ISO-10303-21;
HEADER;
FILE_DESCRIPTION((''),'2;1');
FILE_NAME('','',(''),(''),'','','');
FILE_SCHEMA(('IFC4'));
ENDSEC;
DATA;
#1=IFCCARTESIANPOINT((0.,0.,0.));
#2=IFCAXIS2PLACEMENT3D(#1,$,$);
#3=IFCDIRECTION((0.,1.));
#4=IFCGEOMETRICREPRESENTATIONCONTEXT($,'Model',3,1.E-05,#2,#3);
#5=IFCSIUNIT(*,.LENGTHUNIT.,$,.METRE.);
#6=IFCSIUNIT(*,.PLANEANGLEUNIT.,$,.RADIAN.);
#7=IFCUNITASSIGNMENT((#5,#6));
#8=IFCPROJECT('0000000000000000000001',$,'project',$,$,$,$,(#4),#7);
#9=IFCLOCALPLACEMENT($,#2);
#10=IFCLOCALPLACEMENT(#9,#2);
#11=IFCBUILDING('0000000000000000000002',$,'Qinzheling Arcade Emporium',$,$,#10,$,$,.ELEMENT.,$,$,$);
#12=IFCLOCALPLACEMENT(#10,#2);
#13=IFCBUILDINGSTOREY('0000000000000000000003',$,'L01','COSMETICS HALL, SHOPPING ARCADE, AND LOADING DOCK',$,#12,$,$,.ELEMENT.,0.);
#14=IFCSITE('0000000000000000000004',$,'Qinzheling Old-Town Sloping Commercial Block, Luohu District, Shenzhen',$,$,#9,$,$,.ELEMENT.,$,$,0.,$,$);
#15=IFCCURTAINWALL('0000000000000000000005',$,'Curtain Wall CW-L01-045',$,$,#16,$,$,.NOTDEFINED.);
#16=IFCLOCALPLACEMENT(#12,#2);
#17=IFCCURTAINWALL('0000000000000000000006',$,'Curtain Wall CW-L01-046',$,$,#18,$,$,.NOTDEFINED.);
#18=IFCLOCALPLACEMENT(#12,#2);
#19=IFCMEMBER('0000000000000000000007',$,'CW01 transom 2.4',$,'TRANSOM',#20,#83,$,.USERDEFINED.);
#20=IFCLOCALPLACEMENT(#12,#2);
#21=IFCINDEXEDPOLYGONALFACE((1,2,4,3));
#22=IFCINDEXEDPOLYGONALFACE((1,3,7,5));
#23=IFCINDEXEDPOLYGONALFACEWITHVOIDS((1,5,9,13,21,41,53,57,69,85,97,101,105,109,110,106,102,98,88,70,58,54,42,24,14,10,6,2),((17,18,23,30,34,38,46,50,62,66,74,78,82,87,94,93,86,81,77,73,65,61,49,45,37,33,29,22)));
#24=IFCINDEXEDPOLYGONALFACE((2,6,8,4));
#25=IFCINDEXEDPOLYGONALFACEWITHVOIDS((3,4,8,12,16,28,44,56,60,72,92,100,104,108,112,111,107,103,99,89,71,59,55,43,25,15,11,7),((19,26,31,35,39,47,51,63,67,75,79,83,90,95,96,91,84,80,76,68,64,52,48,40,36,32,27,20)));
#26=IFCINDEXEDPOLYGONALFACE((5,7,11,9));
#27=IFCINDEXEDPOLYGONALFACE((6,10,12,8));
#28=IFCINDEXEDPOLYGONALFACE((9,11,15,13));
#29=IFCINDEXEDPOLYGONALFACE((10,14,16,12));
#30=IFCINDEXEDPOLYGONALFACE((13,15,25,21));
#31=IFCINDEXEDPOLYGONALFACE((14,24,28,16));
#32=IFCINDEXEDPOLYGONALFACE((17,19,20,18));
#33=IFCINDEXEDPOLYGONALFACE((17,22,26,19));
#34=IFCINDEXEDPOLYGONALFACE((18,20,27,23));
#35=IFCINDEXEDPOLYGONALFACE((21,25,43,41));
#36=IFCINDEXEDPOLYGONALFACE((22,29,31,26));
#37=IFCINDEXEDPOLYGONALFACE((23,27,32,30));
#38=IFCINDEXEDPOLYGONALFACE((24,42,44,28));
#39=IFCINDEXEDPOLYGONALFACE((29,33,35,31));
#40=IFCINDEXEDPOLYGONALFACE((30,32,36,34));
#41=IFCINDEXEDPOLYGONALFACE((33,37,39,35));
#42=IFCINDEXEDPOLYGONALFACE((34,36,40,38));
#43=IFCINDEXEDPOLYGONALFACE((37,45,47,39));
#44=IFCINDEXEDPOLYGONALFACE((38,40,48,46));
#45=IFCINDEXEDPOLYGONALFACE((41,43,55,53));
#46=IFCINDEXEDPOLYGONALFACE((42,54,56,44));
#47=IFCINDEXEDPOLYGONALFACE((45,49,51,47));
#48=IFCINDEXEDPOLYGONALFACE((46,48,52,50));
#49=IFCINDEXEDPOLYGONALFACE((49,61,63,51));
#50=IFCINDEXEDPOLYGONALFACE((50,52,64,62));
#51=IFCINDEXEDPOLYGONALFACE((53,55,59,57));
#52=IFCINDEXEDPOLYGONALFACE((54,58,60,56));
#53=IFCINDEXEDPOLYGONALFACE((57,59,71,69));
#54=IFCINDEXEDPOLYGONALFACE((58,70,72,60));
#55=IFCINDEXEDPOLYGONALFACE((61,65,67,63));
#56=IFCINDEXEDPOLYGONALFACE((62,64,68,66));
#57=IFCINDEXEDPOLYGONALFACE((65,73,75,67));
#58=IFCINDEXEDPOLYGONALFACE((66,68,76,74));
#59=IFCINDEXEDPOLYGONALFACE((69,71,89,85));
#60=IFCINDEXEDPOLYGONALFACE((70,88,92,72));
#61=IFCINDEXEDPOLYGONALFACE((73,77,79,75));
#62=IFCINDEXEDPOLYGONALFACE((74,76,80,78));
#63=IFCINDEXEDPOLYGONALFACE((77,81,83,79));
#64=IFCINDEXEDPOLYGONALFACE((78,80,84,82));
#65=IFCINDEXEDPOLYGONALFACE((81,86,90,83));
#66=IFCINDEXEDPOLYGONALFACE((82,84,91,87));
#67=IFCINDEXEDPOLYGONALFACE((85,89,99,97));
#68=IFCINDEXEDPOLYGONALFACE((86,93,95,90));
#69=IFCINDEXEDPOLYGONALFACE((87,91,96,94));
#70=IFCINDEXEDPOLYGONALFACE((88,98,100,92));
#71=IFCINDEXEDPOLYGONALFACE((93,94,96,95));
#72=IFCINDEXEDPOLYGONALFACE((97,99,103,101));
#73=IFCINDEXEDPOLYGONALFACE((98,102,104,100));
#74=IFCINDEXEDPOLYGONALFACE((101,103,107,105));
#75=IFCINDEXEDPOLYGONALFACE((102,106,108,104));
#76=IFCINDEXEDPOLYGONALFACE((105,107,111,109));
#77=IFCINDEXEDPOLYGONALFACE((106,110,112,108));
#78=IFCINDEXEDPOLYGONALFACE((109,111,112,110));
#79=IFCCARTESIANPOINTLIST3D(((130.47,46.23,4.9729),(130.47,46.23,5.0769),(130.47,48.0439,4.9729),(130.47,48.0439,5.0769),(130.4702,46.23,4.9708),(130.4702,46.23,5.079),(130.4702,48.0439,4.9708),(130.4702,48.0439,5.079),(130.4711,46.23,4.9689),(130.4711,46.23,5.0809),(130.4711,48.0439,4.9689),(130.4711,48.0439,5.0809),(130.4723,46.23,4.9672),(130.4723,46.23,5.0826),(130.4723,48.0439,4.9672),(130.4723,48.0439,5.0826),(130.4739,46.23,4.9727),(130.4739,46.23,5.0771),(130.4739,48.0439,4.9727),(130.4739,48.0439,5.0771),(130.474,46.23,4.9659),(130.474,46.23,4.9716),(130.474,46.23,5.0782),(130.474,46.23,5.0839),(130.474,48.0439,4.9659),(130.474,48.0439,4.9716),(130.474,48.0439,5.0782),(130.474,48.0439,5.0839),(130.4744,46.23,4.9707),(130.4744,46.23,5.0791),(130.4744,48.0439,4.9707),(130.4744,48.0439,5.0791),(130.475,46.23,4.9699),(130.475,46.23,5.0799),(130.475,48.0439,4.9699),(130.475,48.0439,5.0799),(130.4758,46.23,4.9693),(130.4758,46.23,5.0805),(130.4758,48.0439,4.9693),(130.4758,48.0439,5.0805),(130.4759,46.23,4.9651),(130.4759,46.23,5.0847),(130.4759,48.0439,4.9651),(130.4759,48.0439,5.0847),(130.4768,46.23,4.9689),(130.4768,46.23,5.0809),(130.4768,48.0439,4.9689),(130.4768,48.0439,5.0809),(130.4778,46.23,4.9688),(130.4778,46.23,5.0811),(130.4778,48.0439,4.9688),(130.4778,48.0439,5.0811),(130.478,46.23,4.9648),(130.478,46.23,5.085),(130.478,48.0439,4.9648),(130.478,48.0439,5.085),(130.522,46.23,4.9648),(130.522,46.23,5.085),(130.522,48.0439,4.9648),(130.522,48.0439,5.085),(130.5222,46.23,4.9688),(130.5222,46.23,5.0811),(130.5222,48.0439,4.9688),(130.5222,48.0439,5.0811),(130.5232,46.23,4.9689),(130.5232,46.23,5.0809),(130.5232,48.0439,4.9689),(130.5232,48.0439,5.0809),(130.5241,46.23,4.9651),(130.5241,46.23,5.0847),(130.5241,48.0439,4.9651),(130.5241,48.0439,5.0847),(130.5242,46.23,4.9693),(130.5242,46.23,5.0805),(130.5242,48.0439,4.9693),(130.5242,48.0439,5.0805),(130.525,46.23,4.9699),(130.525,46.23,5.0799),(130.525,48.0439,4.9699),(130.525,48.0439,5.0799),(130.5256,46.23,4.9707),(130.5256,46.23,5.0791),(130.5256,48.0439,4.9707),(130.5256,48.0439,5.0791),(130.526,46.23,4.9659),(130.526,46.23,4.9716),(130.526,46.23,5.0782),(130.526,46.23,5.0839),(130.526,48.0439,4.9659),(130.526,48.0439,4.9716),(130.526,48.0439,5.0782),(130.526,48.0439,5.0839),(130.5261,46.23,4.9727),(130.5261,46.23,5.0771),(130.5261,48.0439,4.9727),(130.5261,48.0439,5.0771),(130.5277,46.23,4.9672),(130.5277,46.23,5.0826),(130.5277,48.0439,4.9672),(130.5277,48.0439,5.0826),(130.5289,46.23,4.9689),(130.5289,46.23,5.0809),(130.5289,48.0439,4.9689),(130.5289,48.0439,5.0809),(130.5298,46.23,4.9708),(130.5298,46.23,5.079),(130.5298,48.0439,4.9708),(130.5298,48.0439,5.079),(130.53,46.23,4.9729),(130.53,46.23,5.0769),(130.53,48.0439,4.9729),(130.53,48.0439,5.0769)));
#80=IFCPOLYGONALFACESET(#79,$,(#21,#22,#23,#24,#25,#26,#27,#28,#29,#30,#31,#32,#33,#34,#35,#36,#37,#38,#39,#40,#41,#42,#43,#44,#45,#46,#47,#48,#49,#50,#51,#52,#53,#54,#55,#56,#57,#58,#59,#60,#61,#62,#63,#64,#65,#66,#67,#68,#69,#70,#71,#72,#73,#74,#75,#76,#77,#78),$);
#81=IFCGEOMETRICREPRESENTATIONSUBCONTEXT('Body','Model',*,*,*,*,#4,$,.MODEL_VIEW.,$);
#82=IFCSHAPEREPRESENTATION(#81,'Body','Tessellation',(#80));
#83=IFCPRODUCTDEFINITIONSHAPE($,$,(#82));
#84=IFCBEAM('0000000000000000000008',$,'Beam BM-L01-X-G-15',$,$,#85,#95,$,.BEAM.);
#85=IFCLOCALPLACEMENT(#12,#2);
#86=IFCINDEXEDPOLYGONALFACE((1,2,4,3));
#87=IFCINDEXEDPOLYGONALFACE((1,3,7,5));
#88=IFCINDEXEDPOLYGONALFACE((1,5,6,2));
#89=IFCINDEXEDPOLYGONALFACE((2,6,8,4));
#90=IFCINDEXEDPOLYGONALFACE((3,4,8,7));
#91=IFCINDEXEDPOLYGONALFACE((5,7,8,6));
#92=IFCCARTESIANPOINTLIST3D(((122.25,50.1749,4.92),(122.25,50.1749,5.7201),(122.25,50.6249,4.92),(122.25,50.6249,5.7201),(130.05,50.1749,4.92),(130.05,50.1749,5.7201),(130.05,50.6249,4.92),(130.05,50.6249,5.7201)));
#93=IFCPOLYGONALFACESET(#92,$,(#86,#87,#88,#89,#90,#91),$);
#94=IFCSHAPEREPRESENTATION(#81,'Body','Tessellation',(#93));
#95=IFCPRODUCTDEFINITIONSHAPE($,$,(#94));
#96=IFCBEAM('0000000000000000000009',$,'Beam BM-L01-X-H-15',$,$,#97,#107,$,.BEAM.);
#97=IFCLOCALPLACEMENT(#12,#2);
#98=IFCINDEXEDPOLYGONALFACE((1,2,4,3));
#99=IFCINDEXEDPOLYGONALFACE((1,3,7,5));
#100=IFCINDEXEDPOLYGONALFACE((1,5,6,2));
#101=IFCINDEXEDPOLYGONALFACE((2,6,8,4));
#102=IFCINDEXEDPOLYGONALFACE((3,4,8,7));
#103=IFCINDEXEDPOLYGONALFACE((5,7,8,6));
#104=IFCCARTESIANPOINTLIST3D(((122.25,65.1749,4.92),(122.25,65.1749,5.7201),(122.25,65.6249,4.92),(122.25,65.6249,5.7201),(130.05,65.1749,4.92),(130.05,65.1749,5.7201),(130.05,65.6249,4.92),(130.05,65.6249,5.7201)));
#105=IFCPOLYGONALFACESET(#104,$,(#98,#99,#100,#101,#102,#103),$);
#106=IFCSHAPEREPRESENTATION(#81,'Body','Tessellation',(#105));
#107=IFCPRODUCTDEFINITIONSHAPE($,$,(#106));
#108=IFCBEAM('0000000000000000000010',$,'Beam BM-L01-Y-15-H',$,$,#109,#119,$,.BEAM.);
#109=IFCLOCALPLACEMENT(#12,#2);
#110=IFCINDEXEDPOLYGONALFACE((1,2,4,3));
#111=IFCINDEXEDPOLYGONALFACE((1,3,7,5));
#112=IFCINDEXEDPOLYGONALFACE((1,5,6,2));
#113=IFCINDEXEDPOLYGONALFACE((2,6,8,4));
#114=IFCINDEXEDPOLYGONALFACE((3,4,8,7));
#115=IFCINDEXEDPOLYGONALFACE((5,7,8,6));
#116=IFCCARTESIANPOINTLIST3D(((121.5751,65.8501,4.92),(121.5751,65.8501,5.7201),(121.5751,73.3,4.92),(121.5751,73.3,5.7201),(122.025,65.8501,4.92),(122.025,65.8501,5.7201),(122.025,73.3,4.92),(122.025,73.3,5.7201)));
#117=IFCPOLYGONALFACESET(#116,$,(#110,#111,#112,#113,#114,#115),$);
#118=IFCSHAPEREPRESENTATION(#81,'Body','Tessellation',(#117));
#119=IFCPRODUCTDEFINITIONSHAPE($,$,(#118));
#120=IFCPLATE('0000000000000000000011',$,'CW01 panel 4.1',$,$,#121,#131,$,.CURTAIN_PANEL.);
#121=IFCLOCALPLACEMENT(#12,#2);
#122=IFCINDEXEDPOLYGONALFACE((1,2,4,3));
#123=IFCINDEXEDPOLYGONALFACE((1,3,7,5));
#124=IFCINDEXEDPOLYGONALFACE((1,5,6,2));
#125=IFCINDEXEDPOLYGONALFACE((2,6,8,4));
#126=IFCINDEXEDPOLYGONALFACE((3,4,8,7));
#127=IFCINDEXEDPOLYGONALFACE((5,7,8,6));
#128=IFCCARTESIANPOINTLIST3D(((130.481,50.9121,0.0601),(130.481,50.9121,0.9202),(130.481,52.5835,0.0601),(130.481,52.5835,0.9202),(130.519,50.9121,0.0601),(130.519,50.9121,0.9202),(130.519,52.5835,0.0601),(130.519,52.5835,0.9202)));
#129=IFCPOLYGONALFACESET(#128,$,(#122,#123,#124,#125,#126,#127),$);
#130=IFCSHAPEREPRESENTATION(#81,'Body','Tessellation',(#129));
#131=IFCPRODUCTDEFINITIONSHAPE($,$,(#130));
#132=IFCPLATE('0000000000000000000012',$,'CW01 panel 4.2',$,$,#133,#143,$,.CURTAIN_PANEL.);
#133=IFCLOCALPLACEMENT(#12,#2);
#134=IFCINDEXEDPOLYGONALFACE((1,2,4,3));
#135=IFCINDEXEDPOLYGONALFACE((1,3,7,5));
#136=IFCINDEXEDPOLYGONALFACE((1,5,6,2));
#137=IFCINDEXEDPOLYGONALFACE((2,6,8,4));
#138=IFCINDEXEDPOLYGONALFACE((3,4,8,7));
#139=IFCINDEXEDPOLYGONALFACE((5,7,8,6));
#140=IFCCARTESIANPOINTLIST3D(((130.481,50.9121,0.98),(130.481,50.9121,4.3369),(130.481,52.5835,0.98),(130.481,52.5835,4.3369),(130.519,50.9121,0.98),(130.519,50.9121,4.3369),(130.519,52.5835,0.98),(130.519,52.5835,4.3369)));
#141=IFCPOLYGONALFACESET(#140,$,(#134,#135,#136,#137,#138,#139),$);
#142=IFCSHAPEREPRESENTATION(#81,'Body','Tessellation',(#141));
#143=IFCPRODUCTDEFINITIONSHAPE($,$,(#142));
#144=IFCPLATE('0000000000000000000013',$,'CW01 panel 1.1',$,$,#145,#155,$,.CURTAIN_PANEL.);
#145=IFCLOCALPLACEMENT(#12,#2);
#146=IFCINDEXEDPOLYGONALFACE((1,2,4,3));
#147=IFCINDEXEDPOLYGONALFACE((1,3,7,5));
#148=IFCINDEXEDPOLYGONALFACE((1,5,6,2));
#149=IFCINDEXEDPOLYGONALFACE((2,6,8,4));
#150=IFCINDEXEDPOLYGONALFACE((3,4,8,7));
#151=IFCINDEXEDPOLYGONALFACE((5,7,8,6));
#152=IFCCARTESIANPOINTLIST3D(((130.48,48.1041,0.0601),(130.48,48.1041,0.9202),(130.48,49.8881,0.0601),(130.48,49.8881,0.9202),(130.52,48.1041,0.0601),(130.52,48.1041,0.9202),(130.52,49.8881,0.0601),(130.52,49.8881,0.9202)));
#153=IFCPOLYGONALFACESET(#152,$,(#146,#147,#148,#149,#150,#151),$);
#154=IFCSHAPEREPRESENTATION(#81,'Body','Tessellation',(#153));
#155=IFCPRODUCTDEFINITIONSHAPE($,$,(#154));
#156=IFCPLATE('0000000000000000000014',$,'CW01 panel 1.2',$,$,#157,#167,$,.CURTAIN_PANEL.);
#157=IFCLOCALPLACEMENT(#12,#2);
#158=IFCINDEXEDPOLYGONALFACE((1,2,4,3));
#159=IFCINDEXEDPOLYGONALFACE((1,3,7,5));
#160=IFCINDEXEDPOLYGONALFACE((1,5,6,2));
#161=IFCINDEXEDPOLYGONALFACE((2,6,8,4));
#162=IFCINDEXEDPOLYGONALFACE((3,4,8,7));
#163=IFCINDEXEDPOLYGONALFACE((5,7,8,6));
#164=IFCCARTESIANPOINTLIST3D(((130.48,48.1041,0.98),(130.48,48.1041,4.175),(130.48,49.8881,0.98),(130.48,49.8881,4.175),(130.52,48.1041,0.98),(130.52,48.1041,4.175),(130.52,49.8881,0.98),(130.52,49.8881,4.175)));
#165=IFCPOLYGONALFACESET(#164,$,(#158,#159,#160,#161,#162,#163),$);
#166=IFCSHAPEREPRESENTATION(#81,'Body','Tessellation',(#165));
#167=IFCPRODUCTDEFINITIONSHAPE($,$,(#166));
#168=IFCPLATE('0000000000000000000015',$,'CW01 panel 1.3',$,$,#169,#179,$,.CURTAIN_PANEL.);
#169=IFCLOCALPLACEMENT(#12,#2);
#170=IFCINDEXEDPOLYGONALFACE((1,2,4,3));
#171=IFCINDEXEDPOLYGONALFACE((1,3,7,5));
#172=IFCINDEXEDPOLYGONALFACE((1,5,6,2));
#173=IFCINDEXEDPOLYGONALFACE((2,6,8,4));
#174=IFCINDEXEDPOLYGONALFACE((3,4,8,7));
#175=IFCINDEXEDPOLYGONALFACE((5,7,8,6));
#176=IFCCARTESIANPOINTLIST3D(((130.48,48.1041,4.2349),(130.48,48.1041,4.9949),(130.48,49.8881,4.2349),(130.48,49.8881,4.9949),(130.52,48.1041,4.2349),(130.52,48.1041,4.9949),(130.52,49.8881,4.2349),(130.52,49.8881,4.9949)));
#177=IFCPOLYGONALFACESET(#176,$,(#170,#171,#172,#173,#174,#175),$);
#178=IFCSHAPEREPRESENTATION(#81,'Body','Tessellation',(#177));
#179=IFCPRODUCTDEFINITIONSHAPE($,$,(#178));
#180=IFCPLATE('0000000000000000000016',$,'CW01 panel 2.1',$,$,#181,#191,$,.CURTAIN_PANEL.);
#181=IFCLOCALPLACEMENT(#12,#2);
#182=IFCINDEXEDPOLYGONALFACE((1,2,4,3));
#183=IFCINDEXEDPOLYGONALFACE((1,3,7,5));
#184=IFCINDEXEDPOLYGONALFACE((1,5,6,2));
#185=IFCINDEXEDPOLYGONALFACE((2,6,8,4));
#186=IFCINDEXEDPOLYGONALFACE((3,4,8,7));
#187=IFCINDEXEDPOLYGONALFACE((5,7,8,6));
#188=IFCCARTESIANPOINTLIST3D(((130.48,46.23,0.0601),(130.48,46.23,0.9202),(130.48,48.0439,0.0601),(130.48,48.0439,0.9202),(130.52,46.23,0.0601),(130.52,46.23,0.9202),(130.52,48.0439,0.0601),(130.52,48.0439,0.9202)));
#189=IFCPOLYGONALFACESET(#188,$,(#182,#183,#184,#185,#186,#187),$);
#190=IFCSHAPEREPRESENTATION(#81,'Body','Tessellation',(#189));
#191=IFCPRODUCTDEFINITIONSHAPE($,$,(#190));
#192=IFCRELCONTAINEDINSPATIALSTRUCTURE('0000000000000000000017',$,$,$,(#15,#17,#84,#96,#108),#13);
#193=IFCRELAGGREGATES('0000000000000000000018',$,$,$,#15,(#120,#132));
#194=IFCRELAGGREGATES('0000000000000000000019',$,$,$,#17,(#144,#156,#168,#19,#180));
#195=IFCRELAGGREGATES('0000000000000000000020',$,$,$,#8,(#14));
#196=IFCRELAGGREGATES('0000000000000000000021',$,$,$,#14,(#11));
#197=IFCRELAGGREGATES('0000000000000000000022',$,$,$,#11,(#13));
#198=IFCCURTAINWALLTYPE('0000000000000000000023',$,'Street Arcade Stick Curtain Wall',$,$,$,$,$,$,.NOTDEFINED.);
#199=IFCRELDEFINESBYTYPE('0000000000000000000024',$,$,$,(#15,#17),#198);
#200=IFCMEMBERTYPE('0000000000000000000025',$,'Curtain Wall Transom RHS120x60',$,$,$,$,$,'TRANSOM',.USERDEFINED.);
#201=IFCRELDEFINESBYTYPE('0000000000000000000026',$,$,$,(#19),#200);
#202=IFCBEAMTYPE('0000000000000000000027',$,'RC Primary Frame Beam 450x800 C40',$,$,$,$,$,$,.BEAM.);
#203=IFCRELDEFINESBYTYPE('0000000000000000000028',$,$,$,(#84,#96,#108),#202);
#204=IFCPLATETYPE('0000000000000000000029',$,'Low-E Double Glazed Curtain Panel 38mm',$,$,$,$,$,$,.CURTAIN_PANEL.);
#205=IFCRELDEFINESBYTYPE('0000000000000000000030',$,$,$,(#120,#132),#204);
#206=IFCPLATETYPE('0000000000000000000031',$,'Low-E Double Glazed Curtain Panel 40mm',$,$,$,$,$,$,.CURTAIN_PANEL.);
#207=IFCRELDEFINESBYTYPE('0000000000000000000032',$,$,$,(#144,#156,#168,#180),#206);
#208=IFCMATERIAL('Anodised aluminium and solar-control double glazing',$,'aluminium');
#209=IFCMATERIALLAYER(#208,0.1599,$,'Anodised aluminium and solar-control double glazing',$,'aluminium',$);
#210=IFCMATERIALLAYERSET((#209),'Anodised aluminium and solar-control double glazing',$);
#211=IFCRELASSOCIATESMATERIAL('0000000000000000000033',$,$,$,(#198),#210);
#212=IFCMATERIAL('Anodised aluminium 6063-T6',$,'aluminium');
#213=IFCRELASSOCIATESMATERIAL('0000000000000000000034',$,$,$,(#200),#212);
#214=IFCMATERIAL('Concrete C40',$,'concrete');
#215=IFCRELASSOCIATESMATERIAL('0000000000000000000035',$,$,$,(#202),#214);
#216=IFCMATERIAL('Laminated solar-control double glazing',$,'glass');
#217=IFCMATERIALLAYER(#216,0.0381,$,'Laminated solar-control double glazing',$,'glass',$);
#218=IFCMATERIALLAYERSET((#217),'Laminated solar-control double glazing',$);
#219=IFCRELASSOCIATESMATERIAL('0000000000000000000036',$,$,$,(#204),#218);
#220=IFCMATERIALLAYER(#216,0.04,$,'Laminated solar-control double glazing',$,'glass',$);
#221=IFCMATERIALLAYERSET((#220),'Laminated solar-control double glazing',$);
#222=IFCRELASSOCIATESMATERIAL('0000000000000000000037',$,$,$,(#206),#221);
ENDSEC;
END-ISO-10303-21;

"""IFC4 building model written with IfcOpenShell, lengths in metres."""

from ifc_helpers import new_model, si_unit, direction, frame, origin, origin_2d, place, context, subcontext, project, spatial, rectangle, hollow_rectangle, extrude, material, layer, layer_set, material_profile, profile_set, type_object, element, aggregate, save


model = new_model("IFC4")

# Units and contexts
model_context = context("Model", 3, precision=1e-05, world=origin(), true_north=direction((0.0, 1.0)))
body_context = subcontext(model_context, "Body", "Model", "MODEL_VIEW")
ifc_project = project(units=[si_unit("LENGTHUNIT", "METRE"), si_unit("PLANEANGLEUNIT", "RADIAN")], contexts=[model_context])

# Site, building, storey
site_placement = place(None, origin())
site = spatial("IfcSite", under=ifc_project, at=site_placement, Name="Qinzheling Old-Town Sloping Commercial Block, Luohu District, Shenzhen", CompositionType="ELEMENT", RefElevation=0.0)
building_placement = place(site_placement, origin())
building = spatial("IfcBuilding", under=site, at=building_placement, Name="Qinzheling Arcade Emporium", CompositionType="ELEMENT")
storey_placement = place(building_placement, origin())
storey = spatial("IfcBuildingStorey", under=building, at=storey_placement, Name="L01", Description="COSMETICS HALL, SHOPPING ARCADE, AND LOADING DOCK", CompositionType="ELEMENT", Elevation=0.0)

# Curtain wall
ifc_material_1 = material(Name="Anodised aluminium and solar-control double glazing", Category="aluminium")
ifc_layer_1 = layer(ifc_material_1, 0.1599, Name="Anodised aluminium and solar-control double glazing", Category="aluminium")
ifc_layer_set_1 = layer_set([ifc_layer_1], Name="Anodised aluminium and solar-control double glazing")
curtain_wall_type = type_object("IfcCurtainWallType", Name="Street Arcade Stick Curtain Wall", PredefinedType="NOTDEFINED", material=ifc_layer_set_1)
curtain_wall_1_placement = place(storey_placement, origin())
curtain_wall_1 = element("IfcCurtainWall", 1, at=curtain_wall_1_placement, inside=storey, type_object=curtain_wall_type, Name="Curtain Wall CW-L01-045", PredefinedType="NOTDEFINED")
ifc_material_2 = material(Name="Anodised aluminium 6063-T6", Category="aluminium")

# Curtain wall, member
curtain_wall_2_placement = place(storey_placement, origin())
curtain_wall_2 = element("IfcCurtainWall", 2, at=curtain_wall_2_placement, inside=storey, type_object=curtain_wall_type, Name="Curtain Wall CW-L01-046", PredefinedType="NOTDEFINED")
ifc_material_profile_1 = material_profile(ifc_material_2, hollow_rectangle(XDim=0.0601, YDim=0.1201, WallThickness=0.0039, InnerFilletRadius=0.0039, OuterFilletRadius=0.0081, at=origin_2d()), Name="RHS 120x60x4", Category="aluminium")
ifc_profile_set_1 = profile_set([ifc_material_profile_1], Name="Anodised aluminium 6063-T6")
member_type_1 = type_object("IfcMemberType", Name="Curtain Wall Transom RHS120x60", ElementType="TRANSOM", PredefinedType="USERDEFINED", material=ifc_profile_set_1)
member_1_placement = place(storey_placement, frame((130.5, 48.0439, 5.0249), z_axis=(0.0, -1.0, 0.0), x_axis=(1.0, 0.0, 0.0)))
member_1 = element("IfcMember", 3, at=member_1_placement, type_object=member_type_1, Name="CW01 transom 2.4", ObjectType="TRANSOM", PredefinedType="USERDEFINED", context=body_context, shape_type="SweptSolid", body=[
    extrude(hollow_rectangle(XDim=0.0601, YDim=0.1201, WallThickness=0.0039, InnerFilletRadius=0.0039, OuterFilletRadius=0.0081, at=origin_2d()), origin(), (0.0, 0.0, 1.0), 1.814),
])

# Beams
ifc_material_3 = material(Name="Concrete C40", Category="concrete")
ifc_material_profile_2 = material_profile(ifc_material_3, rectangle(XDim=0.45, YDim=0.8, at=origin_2d()), Name="RC 450x800", Category="concrete")
ifc_profile_set_2 = profile_set([ifc_material_profile_2], Name="Concrete C40")
beam_type_1 = type_object("IfcBeamType", Name="RC Primary Frame Beam 450x800 C40", PredefinedType="BEAM", material=ifc_profile_set_2)
for number, where, z_axis, x_axis, name in (
    (4, (122.25, 50.3999, 5.3201), (1.0, 0.0, 0.0), (0.0, 1.0, 0.0), "Beam BM-L01-X-G-15"),
    (5, (122.25, 65.3999, 5.3201), (1.0, 0.0, 0.0), (0.0, 1.0, 0.0), "Beam BM-L01-X-H-15"),
):
    element("IfcBeam", number, at=place(storey_placement, frame(where, z_axis=z_axis, x_axis=x_axis)), inside=storey, type_object=beam_type_1, Name=name, PredefinedType="BEAM", context=body_context, shape_type="SweptSolid", body=[
        extrude(rectangle(XDim=0.45, YDim=0.8, at=origin_2d()), origin(), (0.0, 0.0, 1.0), 7.8),
    ])
beam_placement = place(storey_placement, frame((121.8, 65.8501, 5.3201), z_axis=(0.0, 1.0, 0.0), x_axis=(-1.0, 0.0, 0.0)))
element("IfcBeam", 6, at=beam_placement, inside=storey, type_object=beam_type_1, Name="Beam BM-L01-Y-15-H", PredefinedType="BEAM", context=body_context, shape_type="SweptSolid", body=[
    extrude(rectangle(XDim=0.45, YDim=0.8, at=origin_2d()), origin(), (0.0, 0.0, 1.0), 7.45),
])

# Plates
ifc_material_4 = material(Name="Laminated solar-control double glazing", Category="glass")
ifc_layer_2 = layer(ifc_material_4, 0.0381, Name="Laminated solar-control double glazing", Category="glass")
ifc_layer_set_2 = layer_set([ifc_layer_2], Name="Laminated solar-control double glazing")
plate_type_1 = type_object("IfcPlateType", Name="Low-E Double Glazed Curtain Panel 38mm", PredefinedType="CURTAIN_PANEL", material=ifc_layer_set_2)
plate_1_placement = place(storey_placement, frame((130.5, 51.7478, 0.0601), z_axis=(0.0, 0.0, 1.0), x_axis=(0.0, -1.0, 0.0)))
plate_1 = element("IfcPlate", 7, at=plate_1_placement, type_object=plate_type_1, Name="CW01 panel 4.1", PredefinedType="CURTAIN_PANEL", context=body_context, shape_type="SweptSolid", body=[
    extrude(rectangle(XDim=1.6714, YDim=0.0381, at=origin_2d()), origin(), (0.0, 0.0, 1.0), 0.8601),
])
plate_2_placement = place(storey_placement, frame((130.5, 51.7478, 0.98), z_axis=(0.0, 0.0, 1.0), x_axis=(0.0, -1.0, 0.0)))
plate_2 = element("IfcPlate", 8, at=plate_2_placement, type_object=plate_type_1, Name="CW01 panel 4.2", PredefinedType="CURTAIN_PANEL", context=body_context, shape_type="SweptSolid", body=[
    extrude(rectangle(XDim=1.6714, YDim=0.0381, at=origin_2d()), origin(), (0.0, 0.0, 1.0), 3.3569),
])
aggregate(curtain_wall_1, [plate_1, plate_2])
ifc_layer_3 = layer(ifc_material_4, 0.04, Name="Laminated solar-control double glazing", Category="glass")
ifc_layer_set_3 = layer_set([ifc_layer_3], Name="Laminated solar-control double glazing")
plate_type_2 = type_object("IfcPlateType", Name="Low-E Double Glazed Curtain Panel 40mm", PredefinedType="CURTAIN_PANEL", material=ifc_layer_set_3)
plate_3_placement = place(storey_placement, frame((130.5, 48.9961, 0.0601), z_axis=(0.0, 0.0, 1.0), x_axis=(0.0, -1.0, 0.0)))
plate_3 = element("IfcPlate", 9, at=plate_3_placement, type_object=plate_type_2, Name="CW01 panel 1.1", PredefinedType="CURTAIN_PANEL", context=body_context, shape_type="SweptSolid", body=[
    extrude(rectangle(XDim=1.7839, YDim=0.04, at=origin_2d()), origin(), (0.0, 0.0, 1.0), 0.8601),
])
plate_4_placement = place(storey_placement, frame((130.5, 48.9961, 0.98), z_axis=(0.0, 0.0, 1.0), x_axis=(0.0, -1.0, 0.0)))
plate_4 = element("IfcPlate", 10, at=plate_4_placement, type_object=plate_type_2, Name="CW01 panel 1.2", PredefinedType="CURTAIN_PANEL", context=body_context, shape_type="SweptSolid", body=[
    extrude(rectangle(XDim=1.7839, YDim=0.04, at=origin_2d()), origin(), (0.0, 0.0, 1.0), 3.1951),
])
plate_5_placement = place(storey_placement, frame((130.5, 48.9961, 4.2349), z_axis=(0.0, 0.0, 1.0), x_axis=(0.0, -1.0, 0.0)))
plate_5 = element("IfcPlate", 11, at=plate_5_placement, type_object=plate_type_2, Name="CW01 panel 1.3", PredefinedType="CURTAIN_PANEL", context=body_context, shape_type="SweptSolid", body=[
    extrude(rectangle(XDim=1.7839, YDim=0.04, at=origin_2d()), origin(), (0.0, 0.0, 1.0), 0.76),
])
plate_6_placement = place(storey_placement, frame((130.5, 47.137, 0.0601), z_axis=(0.0, 0.0, 1.0), x_axis=(0.0, -1.0, 0.0)))
plate_6 = element("IfcPlate", 12, at=plate_6_placement, type_object=plate_type_2, Name="CW01 panel 2.1", PredefinedType="CURTAIN_PANEL", context=body_context, shape_type="SweptSolid", body=[
    extrude(rectangle(XDim=1.814, YDim=0.04, at=origin_2d()), origin(), (0.0, 0.0, 1.0), 0.8601),
])
aggregate(curtain_wall_2, [plate_3, plate_4, plate_5, member_1, plate_6])

save(model, "model.ifc")
